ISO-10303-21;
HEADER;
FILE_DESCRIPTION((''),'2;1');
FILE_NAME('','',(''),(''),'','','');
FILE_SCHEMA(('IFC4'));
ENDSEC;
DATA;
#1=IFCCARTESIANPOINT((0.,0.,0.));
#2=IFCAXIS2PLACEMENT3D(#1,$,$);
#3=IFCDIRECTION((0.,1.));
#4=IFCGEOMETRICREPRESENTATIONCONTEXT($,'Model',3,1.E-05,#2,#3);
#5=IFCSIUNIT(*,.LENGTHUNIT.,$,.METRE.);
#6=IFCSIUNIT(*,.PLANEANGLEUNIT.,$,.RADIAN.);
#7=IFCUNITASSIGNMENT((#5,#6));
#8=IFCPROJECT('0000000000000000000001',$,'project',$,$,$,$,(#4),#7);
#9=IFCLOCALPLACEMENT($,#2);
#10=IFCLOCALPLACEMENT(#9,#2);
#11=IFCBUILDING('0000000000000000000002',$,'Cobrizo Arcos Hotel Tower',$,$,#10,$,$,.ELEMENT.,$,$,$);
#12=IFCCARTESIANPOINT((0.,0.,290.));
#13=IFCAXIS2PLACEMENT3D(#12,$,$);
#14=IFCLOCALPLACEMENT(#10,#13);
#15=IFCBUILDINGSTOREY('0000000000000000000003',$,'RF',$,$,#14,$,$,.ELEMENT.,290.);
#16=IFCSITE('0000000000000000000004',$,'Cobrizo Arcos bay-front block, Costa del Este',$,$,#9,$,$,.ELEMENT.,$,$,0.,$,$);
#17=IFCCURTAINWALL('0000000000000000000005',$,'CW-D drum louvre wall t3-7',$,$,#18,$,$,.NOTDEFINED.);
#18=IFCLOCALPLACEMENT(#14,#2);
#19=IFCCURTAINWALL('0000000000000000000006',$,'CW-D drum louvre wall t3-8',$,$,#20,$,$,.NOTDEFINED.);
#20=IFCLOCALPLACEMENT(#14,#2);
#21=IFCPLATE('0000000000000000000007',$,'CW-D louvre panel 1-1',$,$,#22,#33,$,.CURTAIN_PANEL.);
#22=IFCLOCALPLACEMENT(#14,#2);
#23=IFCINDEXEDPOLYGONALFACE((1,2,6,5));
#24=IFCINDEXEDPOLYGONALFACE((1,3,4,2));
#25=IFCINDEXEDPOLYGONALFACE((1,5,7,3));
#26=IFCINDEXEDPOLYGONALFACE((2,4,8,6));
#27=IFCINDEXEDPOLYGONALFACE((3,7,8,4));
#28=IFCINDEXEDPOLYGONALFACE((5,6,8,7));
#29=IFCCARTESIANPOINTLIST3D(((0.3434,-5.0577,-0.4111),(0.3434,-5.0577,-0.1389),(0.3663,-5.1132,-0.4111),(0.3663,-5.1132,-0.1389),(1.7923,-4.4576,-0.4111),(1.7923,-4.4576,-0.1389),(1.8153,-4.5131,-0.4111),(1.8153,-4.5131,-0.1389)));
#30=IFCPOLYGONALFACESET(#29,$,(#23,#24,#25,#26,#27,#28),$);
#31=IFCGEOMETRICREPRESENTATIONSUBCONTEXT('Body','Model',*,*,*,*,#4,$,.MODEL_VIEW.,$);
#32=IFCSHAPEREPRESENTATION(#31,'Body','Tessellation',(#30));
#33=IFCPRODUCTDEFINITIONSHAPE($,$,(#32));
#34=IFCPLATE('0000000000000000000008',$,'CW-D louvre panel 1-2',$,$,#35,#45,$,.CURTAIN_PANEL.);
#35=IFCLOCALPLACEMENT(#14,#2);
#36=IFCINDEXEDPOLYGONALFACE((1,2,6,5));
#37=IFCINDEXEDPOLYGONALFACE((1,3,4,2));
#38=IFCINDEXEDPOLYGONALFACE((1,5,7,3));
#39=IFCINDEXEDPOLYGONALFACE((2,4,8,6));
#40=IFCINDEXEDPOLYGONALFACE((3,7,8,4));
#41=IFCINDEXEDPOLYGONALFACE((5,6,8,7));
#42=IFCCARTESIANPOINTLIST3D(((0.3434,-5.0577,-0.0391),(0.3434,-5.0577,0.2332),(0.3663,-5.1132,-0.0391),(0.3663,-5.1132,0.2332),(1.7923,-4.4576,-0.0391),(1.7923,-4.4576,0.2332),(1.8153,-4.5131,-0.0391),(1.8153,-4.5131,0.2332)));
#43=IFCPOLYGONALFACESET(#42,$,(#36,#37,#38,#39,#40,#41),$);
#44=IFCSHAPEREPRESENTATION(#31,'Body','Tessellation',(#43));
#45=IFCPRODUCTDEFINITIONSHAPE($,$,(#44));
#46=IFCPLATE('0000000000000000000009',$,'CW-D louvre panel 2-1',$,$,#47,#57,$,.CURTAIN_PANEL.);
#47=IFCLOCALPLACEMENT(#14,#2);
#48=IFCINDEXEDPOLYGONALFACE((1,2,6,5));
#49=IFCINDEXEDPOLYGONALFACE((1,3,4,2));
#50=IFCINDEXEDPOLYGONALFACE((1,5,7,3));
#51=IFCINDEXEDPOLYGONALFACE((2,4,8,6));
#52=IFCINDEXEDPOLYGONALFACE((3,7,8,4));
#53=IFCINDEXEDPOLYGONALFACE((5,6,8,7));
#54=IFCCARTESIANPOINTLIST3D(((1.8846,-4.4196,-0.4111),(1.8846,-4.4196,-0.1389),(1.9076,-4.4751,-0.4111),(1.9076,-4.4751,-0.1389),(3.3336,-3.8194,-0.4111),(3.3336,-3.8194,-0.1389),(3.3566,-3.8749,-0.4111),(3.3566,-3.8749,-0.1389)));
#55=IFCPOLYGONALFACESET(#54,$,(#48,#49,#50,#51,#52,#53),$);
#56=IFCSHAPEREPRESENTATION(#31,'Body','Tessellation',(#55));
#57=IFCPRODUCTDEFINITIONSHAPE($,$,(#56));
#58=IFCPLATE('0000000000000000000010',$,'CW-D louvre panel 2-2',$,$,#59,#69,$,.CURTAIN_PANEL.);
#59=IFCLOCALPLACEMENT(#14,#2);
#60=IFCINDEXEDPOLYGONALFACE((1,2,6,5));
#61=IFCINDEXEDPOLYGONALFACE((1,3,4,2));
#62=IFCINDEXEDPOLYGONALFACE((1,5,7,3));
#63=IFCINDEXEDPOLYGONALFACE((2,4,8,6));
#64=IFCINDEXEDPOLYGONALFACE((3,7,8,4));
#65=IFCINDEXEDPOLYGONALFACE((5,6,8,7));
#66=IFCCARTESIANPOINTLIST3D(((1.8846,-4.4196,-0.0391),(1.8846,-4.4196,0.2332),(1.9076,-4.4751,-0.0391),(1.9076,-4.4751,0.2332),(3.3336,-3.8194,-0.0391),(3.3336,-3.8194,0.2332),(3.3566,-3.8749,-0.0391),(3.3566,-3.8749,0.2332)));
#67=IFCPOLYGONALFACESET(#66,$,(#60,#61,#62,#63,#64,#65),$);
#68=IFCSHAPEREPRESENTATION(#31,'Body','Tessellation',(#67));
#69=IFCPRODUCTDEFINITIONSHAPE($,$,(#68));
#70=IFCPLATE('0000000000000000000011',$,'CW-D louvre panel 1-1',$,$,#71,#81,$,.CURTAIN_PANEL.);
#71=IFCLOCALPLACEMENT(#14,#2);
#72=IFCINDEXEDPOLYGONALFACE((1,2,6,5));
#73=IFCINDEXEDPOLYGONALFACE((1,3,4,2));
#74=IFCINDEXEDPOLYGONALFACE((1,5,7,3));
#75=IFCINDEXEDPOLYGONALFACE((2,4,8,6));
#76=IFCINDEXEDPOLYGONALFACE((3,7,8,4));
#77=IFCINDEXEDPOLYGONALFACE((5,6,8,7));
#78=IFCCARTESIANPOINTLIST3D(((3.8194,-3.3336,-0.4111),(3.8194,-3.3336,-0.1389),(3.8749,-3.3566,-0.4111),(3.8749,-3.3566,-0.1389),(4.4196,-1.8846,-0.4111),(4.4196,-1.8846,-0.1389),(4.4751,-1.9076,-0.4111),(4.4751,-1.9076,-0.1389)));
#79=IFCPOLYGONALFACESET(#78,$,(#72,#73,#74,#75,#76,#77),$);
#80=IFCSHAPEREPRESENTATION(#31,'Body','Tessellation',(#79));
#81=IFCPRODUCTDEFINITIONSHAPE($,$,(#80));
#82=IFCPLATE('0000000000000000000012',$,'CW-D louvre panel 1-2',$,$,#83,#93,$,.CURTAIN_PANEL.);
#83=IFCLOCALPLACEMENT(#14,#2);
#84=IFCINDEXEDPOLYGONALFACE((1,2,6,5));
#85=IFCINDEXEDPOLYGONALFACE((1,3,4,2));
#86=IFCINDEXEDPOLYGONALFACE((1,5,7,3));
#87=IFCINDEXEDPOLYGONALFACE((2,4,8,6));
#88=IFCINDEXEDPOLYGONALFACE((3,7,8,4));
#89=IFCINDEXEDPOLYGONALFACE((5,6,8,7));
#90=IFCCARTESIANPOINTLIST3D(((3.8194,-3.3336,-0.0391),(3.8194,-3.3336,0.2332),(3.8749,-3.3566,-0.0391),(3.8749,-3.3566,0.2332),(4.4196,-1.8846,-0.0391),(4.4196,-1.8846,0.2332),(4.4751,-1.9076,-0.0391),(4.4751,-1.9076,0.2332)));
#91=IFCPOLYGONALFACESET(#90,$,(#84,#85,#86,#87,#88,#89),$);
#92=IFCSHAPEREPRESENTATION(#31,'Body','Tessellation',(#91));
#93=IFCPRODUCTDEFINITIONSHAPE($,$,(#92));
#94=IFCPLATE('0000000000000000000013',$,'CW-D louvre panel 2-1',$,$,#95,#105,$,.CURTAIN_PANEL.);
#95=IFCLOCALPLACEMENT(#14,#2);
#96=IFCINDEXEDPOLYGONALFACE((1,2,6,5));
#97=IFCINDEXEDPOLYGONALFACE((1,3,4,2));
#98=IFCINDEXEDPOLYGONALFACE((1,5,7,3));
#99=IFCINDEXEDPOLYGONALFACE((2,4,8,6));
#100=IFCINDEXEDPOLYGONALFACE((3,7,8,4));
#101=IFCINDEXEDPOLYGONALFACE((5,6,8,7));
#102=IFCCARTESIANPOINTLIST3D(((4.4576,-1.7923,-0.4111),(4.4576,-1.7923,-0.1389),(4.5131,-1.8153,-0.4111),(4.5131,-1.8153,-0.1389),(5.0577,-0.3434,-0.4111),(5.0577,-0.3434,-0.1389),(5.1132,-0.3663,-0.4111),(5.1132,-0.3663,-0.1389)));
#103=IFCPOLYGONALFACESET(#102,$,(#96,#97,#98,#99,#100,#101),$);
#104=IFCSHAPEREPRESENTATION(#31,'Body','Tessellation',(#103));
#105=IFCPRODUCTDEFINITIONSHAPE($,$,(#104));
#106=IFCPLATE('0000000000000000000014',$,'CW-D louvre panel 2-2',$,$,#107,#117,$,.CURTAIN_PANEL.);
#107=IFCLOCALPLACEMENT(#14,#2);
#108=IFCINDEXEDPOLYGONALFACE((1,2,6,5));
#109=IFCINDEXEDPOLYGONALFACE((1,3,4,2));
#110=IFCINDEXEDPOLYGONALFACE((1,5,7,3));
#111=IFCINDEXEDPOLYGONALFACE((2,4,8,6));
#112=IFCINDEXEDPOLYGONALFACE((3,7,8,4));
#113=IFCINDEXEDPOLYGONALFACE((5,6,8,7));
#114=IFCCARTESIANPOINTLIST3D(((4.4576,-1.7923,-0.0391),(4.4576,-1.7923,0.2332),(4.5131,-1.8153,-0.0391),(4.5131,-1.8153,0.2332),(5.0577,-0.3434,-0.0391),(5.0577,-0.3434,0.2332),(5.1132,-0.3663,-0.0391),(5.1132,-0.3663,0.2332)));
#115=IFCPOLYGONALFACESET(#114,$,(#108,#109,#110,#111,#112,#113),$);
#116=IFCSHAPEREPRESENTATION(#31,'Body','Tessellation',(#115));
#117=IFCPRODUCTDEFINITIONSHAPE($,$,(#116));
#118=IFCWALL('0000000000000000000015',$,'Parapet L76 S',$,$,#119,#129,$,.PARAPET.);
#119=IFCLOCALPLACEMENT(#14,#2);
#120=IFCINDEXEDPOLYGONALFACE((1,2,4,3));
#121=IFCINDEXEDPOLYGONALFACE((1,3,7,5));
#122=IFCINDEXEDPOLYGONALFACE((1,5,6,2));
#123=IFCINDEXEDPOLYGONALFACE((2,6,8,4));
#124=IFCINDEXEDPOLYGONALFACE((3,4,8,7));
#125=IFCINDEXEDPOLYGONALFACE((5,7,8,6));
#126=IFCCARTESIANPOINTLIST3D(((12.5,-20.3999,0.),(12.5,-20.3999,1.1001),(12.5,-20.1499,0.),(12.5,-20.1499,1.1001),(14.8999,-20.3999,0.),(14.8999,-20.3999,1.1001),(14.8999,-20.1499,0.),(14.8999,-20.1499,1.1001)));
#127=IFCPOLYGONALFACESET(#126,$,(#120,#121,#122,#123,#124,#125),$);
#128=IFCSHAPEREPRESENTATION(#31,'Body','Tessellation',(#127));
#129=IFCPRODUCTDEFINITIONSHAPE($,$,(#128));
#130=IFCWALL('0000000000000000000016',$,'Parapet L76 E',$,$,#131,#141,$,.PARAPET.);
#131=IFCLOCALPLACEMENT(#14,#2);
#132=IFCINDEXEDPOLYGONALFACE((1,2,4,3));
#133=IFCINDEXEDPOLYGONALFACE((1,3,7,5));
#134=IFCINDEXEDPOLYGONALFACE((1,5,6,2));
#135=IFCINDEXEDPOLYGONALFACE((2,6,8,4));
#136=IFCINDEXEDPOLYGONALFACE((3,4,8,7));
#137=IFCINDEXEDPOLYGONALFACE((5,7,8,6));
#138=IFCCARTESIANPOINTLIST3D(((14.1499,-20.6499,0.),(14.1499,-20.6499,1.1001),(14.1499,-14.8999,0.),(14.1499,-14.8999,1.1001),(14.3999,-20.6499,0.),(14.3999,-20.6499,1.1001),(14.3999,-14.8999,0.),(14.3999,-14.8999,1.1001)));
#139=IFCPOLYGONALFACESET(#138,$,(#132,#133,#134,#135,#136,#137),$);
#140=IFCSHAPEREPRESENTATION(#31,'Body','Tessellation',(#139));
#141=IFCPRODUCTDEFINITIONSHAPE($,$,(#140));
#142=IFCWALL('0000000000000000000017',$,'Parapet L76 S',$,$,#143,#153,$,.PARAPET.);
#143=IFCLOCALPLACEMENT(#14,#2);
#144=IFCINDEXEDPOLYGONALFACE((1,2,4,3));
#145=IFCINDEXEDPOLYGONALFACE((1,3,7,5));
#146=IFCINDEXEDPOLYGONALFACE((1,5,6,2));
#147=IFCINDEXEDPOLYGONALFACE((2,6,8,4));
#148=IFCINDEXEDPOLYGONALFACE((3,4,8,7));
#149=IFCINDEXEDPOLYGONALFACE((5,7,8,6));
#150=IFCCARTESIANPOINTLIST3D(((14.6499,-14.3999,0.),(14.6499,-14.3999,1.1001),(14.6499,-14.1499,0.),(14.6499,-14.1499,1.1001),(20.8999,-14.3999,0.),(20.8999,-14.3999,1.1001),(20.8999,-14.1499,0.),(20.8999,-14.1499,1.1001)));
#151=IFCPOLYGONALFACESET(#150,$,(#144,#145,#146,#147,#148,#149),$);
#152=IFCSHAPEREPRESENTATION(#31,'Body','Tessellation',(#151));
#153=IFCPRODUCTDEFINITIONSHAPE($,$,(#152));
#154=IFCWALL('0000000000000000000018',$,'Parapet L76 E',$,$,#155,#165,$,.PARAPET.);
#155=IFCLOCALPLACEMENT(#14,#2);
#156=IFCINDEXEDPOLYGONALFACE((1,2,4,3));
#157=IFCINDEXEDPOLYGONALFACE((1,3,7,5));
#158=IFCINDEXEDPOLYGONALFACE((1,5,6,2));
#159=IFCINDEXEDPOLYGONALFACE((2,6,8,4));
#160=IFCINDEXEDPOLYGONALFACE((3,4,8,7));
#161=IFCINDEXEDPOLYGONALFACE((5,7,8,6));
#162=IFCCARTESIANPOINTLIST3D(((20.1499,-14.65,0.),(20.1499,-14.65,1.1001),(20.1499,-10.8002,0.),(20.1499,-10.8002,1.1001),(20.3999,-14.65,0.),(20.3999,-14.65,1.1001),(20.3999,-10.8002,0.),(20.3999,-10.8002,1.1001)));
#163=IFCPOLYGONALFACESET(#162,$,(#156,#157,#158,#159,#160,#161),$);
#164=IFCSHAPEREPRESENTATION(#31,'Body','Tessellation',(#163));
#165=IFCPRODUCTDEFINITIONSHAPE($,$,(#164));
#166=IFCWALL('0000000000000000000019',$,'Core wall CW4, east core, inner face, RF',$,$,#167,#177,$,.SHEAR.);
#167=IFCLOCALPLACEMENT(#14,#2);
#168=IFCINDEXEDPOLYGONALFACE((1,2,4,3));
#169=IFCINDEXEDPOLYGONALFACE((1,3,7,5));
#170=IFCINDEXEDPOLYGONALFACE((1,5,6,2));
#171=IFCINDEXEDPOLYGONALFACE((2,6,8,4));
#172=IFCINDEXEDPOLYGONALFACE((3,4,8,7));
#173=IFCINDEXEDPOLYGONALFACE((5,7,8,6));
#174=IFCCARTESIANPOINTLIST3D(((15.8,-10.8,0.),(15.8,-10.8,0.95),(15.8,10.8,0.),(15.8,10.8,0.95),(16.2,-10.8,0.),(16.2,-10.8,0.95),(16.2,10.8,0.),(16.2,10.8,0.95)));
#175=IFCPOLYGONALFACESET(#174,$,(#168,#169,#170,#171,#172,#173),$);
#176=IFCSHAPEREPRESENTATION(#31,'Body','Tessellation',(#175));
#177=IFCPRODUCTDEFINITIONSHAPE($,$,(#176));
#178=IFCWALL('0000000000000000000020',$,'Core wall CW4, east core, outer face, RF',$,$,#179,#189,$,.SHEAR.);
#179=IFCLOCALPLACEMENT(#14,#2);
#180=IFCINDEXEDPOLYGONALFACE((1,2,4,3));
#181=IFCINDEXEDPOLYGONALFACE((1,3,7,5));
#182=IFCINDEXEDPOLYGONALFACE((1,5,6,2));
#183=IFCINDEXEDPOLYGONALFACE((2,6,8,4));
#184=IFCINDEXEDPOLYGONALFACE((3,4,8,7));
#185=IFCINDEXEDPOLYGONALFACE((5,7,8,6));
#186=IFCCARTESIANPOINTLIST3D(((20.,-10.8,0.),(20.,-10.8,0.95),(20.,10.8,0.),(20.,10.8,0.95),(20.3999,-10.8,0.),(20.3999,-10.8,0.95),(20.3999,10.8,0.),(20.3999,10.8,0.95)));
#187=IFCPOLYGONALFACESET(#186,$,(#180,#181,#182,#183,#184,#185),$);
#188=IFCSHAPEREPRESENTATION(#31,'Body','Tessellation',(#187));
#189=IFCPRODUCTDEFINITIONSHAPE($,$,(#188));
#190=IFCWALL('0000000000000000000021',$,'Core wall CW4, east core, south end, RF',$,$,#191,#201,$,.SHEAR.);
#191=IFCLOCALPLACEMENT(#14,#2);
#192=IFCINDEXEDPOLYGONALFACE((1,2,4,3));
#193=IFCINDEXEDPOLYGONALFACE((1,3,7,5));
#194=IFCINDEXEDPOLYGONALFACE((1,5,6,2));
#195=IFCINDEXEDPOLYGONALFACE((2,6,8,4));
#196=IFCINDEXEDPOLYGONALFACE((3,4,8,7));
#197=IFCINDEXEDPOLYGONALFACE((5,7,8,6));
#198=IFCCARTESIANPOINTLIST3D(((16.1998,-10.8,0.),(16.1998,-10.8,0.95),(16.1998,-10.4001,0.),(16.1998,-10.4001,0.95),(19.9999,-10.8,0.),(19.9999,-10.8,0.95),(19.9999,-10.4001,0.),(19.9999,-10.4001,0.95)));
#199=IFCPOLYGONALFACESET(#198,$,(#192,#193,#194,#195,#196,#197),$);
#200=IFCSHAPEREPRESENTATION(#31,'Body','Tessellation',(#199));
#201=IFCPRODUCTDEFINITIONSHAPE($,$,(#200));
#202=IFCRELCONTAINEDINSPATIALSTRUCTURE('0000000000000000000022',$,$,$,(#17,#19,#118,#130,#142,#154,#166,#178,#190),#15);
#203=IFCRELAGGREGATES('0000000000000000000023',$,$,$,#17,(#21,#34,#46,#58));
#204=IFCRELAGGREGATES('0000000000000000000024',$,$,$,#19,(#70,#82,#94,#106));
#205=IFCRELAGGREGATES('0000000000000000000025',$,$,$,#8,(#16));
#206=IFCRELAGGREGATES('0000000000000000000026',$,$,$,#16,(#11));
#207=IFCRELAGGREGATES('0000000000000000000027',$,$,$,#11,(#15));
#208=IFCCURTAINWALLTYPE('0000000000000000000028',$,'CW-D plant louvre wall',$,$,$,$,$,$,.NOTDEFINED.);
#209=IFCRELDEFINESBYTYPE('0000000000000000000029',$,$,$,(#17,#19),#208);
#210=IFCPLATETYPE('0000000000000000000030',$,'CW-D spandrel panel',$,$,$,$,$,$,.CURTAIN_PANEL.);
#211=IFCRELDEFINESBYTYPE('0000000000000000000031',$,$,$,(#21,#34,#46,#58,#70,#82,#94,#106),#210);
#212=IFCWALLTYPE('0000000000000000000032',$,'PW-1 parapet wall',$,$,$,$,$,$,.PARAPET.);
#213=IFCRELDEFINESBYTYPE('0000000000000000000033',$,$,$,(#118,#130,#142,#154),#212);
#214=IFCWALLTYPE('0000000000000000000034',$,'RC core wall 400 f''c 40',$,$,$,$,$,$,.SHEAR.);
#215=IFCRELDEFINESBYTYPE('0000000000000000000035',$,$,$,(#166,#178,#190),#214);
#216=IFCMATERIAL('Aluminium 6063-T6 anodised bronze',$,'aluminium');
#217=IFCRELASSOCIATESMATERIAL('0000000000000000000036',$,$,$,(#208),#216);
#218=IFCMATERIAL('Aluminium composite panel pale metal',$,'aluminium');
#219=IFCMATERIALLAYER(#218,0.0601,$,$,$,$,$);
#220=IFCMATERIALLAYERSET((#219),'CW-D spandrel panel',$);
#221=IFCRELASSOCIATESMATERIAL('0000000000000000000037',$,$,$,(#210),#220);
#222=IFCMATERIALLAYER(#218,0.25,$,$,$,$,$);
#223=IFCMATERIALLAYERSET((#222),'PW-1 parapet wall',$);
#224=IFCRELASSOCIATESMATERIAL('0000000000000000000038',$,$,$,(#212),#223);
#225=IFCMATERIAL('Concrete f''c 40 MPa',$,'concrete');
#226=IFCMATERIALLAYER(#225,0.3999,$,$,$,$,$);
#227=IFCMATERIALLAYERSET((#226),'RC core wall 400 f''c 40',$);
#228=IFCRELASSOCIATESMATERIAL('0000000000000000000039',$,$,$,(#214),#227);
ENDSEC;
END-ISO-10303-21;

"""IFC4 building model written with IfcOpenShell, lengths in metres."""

from ifc_helpers import new_model, si_unit, direction, frame, frame_2d, origin, origin_2d, place, context, subcontext, project, spatial, rectangle, extrude, material, layer, layer_set, type_object, element, aggregate, save


model = new_model("IFC4")

# Units and contexts
model_context = context("Model", 3, precision=1e-05, world=origin(), true_north=direction((0.0, 1.0)))
body_context = subcontext(model_context, "Body", "Model", "MODEL_VIEW")
ifc_project = project(units=[si_unit("LENGTHUNIT", "METRE"), si_unit("PLANEANGLEUNIT", "RADIAN")], contexts=[model_context])

# Site, building, storey
site_placement = place(None, origin())
site = spatial("IfcSite", under=ifc_project, at=site_placement, Name="Cobrizo Arcos bay-front block, Costa del Este", CompositionType="ELEMENT", RefElevation=0.0)
building_placement = place(site_placement, origin())
building = spatial("IfcBuilding", under=site, at=building_placement, Name="Cobrizo Arcos Hotel Tower", CompositionType="ELEMENT")
storey_placement = place(building_placement, frame((0.0, 0.0, 290.0)))
storey = spatial("IfcBuildingStorey", under=building, at=storey_placement, Name="RF", CompositionType="ELEMENT", Elevation=290.0)

# Curtain walls
ifc_material_1 = material(Name="Aluminium 6063-T6 anodised bronze", Category="aluminium")
curtain_wall_type = type_object("IfcCurtainWallType", Name="CW-D plant louvre wall", PredefinedType="NOTDEFINED", material=ifc_material_1)
curtain_wall_1_placement = place(storey_placement, origin())
curtain_wall_1 = element("IfcCurtainWall", 1, at=curtain_wall_1_placement, inside=storey, type_object=curtain_wall_type, Name="CW-D drum louvre wall t3-7", PredefinedType="NOTDEFINED")
curtain_wall_2_placement = place(storey_placement, origin())
curtain_wall_2 = element("IfcCurtainWall", 2, at=curtain_wall_2_placement, inside=storey, type_object=curtain_wall_type, Name="CW-D drum louvre wall t3-8", PredefinedType="NOTDEFINED")

# Plates
ifc_material_2 = material(Name="Aluminium composite panel pale metal", Category="aluminium")
ifc_layer_1 = layer(ifc_material_2, 0.0601)
ifc_layer_set_1 = layer_set([ifc_layer_1], Name="CW-D spandrel panel")
plate_type = type_object("IfcPlateType", Name="CW-D spandrel panel", PredefinedType="CURTAIN_PANEL", material=ifc_layer_set_1)
plate_1_placement = place(storey_placement, frame((1.0793, -4.7854, -0.4111), z_axis=(0.0, 0.0, 1.0), x_axis=(0.92388, 0.382683, 0.0)))
plate_1 = element("IfcPlate", 3, at=plate_1_placement, type_object=plate_type, Name="CW-D louvre panel 1-1", PredefinedType="CURTAIN_PANEL", context=body_context, shape_type="SweptSolid", body=[
    extrude(rectangle(XDim=1.5684, YDim=0.0601, at=origin_2d()), origin(), (0.0, 0.0, 1.0), 0.2722),
])
plate_2_placement = place(storey_placement, frame((1.0793, -4.7854, -0.0391), z_axis=(0.0, 0.0, 1.0), x_axis=(0.92388, 0.382683, 0.0)))
plate_2 = element("IfcPlate", 4, at=plate_2_placement, type_object=plate_type, Name="CW-D louvre panel 1-2", PredefinedType="CURTAIN_PANEL", context=body_context, shape_type="SweptSolid", body=[
    extrude(rectangle(XDim=1.5684, YDim=0.0601, at=origin_2d()), origin(), (0.0, 0.0, 1.0), 0.2722),
])
plate_3_placement = place(storey_placement, frame((2.6206, -4.1472, -0.4111), z_axis=(0.0, 0.0, 1.0), x_axis=(0.92388, 0.382683, 0.0)))
plate_3 = element("IfcPlate", 5, at=plate_3_placement, type_object=plate_type, Name="CW-D louvre panel 2-1", PredefinedType="CURTAIN_PANEL", context=body_context, shape_type="SweptSolid", body=[
    extrude(rectangle(XDim=1.5684, YDim=0.0601, at=origin_2d()), origin(), (0.0, 0.0, 1.0), 0.2722),
])
plate_4_placement = place(storey_placement, frame((2.6206, -4.1472, -0.0391), z_axis=(0.0, 0.0, 1.0), x_axis=(0.92388, 0.382683, 0.0)))
plate_4 = element("IfcPlate", 6, at=plate_4_placement, type_object=plate_type, Name="CW-D louvre panel 2-2", PredefinedType="CURTAIN_PANEL", context=body_context, shape_type="SweptSolid", body=[
    extrude(rectangle(XDim=1.5684, YDim=0.0601, at=origin_2d()), origin(), (0.0, 0.0, 1.0), 0.2722),
])
aggregate(curtain_wall_1, [plate_1, plate_2, plate_3, plate_4])
plate_5_placement = place(storey_placement, frame((4.1472, -2.6206, -0.4111), z_axis=(0.0, 0.0, 1.0), x_axis=(0.382683, 0.92388, 0.0)))
plate_5 = element("IfcPlate", 7, at=plate_5_placement, type_object=plate_type, Name="CW-D louvre panel 1-1", PredefinedType="CURTAIN_PANEL", context=body_context, shape_type="SweptSolid", body=[
    extrude(rectangle(XDim=1.5684, YDim=0.0601, at=origin_2d()), origin(), (0.0, 0.0, 1.0), 0.2722),
])
plate_6_placement = place(storey_placement, frame((4.1472, -2.6206, -0.0391), z_axis=(0.0, 0.0, 1.0), x_axis=(0.382683, 0.92388, 0.0)))
plate_6 = element("IfcPlate", 8, at=plate_6_placement, type_object=plate_type, Name="CW-D louvre panel 1-2", PredefinedType="CURTAIN_PANEL", context=body_context, shape_type="SweptSolid", body=[
    extrude(rectangle(XDim=1.5684, YDim=0.0601, at=origin_2d()), origin(), (0.0, 0.0, 1.0), 0.2722),
])
plate_7_placement = place(storey_placement, frame((4.7854, -1.0793, -0.4111), z_axis=(0.0, 0.0, 1.0), x_axis=(0.382683, 0.92388, 0.0)))
plate_7 = element("IfcPlate", 9, at=plate_7_placement, type_object=plate_type, Name="CW-D louvre panel 2-1", PredefinedType="CURTAIN_PANEL", context=body_context, shape_type="SweptSolid", body=[
    extrude(rectangle(XDim=1.5684, YDim=0.0601, at=origin_2d()), origin(), (0.0, 0.0, 1.0), 0.2722),
])
plate_8_placement = place(storey_placement, frame((4.7854, -1.0793, -0.0391), z_axis=(0.0, 0.0, 1.0), x_axis=(0.382683, 0.92388, 0.0)))
plate_8 = element("IfcPlate", 10, at=plate_8_placement, type_object=plate_type, Name="CW-D louvre panel 2-2", PredefinedType="CURTAIN_PANEL", context=body_context, shape_type="SweptSolid", body=[
    extrude(rectangle(XDim=1.5684, YDim=0.0601, at=origin_2d()), origin(), (0.0, 0.0, 1.0), 0.2722),
])
aggregate(curtain_wall_2, [plate_5, plate_6, plate_7, plate_8])

# Walls
ifc_layer_2 = layer(ifc_material_2, 0.25)
ifc_layer_set_2 = layer_set([ifc_layer_2], Name="PW-1 parapet wall")
wall_type_1 = type_object("IfcWallType", Name="PW-1 parapet wall", PredefinedType="PARAPET", material=ifc_layer_set_2)
wall_1_placement = place(storey_placement, frame((12.5, -20.2749, 0.0), z_axis=(0.0, 0.0, 1.0), x_axis=(1.0, 0.0, 0.0)))
element("IfcWall", 11, at=wall_1_placement, inside=storey, type_object=wall_type_1, Name="Parapet L76 S", PredefinedType="PARAPET", context=body_context, shape_type="SweptSolid", body=[
    extrude(rectangle(XDim=2.3999, YDim=0.25, at=frame_2d((1.2, 0.0))), origin(), (0.0, 0.0, 1.0), 1.1001),
])
wall_2_placement = place(storey_placement, frame((14.2749, -20.6499, 0.0), z_axis=(0.0, 0.0, 1.0), x_axis=(0.0, 1.0, 0.0)))
element("IfcWall", 12, at=wall_2_placement, inside=storey, type_object=wall_type_1, Name="Parapet L76 E", PredefinedType="PARAPET", context=body_context, shape_type="SweptSolid", body=[
    extrude(rectangle(XDim=5.75, YDim=0.25, at=frame_2d((2.875, 0.0))), origin(), (0.0, 0.0, 1.0), 1.1001),
])
wall_3_placement = place(storey_placement, frame((14.6499, -14.2749, 0.0), z_axis=(0.0, 0.0, 1.0), x_axis=(1.0, 0.0, 0.0)))
element("IfcWall", 13, at=wall_3_placement, inside=storey, type_object=wall_type_1, Name="Parapet L76 S", PredefinedType="PARAPET", context=body_context, shape_type="SweptSolid", body=[
    extrude(rectangle(XDim=6.25, YDim=0.25, at=frame_2d((3.125, 0.0))), origin(), (0.0, 0.0, 1.0), 1.1001),
])
wall_4_placement = place(storey_placement, frame((20.2749, -14.6499, 0.0), z_axis=(0.0, 0.0, 1.0), x_axis=(0.0, 1.0, 0.0)))
element("IfcWall", 14, at=wall_4_placement, inside=storey, type_object=wall_type_1, Name="Parapet L76 E", PredefinedType="PARAPET", context=body_context, shape_type="SweptSolid", body=[
    extrude(rectangle(XDim=3.8499, YDim=0.25, at=frame_2d((1.9248, 0.0))), origin(), (0.0, 0.0, 1.0), 1.1001),
])
ifc_material_3 = material(Name="Concrete f'c 40 MPa", Category="concrete")
ifc_layer_3 = layer(ifc_material_3, 0.3999)
ifc_layer_set_3 = layer_set([ifc_layer_3], Name="RC core wall 400 f'c 40")
wall_type_2 = type_object("IfcWallType", Name="RC core wall 400 f'c 40", PredefinedType="SHEAR", material=ifc_layer_set_3)
for number, where, z_axis, x_axis, name in (
    (15, (16.0, -10.8, 0.0), (0.0, 0.0, 1.0), (0.0, 1.0, 0.0), "Core wall CW4, east core, inner face, RF"),
    (16, (20.2, -10.8, 0.0), (0.0, 0.0, 1.0), (0.0, 1.0, 0.0), "Core wall CW4, east core, outer face, RF"),
):
    element("IfcWall", number, at=place(storey_placement, frame(where, z_axis=z_axis, x_axis=x_axis)), inside=storey, type_object=wall_type_2, Name=name, PredefinedType="SHEAR", context=body_context, shape_type="SweptSolid", body=[
        extrude(rectangle(XDim=21.6001, YDim=0.3999, at=frame_2d((10.8, 0.0))), origin(), (0.0, 0.0, 1.0), 0.95),
    ])
wall_5_placement = place(storey_placement, frame((16.2, -10.6001, 0.0), z_axis=(0.0, 0.0, 1.0), x_axis=(1.0, 0.0, 0.0)))
element("IfcWall", 17, at=wall_5_placement, inside=storey, type_object=wall_type_2, Name="Core wall CW4, east core, south end, RF", PredefinedType="SHEAR", context=body_context, shape_type="SweptSolid", body=[
    extrude(rectangle(XDim=3.8, YDim=0.3999, at=frame_2d((1.8999, 0.0))), origin(), (0.0, 0.0, 1.0), 0.95),
])

save(model, "model.ifc")
